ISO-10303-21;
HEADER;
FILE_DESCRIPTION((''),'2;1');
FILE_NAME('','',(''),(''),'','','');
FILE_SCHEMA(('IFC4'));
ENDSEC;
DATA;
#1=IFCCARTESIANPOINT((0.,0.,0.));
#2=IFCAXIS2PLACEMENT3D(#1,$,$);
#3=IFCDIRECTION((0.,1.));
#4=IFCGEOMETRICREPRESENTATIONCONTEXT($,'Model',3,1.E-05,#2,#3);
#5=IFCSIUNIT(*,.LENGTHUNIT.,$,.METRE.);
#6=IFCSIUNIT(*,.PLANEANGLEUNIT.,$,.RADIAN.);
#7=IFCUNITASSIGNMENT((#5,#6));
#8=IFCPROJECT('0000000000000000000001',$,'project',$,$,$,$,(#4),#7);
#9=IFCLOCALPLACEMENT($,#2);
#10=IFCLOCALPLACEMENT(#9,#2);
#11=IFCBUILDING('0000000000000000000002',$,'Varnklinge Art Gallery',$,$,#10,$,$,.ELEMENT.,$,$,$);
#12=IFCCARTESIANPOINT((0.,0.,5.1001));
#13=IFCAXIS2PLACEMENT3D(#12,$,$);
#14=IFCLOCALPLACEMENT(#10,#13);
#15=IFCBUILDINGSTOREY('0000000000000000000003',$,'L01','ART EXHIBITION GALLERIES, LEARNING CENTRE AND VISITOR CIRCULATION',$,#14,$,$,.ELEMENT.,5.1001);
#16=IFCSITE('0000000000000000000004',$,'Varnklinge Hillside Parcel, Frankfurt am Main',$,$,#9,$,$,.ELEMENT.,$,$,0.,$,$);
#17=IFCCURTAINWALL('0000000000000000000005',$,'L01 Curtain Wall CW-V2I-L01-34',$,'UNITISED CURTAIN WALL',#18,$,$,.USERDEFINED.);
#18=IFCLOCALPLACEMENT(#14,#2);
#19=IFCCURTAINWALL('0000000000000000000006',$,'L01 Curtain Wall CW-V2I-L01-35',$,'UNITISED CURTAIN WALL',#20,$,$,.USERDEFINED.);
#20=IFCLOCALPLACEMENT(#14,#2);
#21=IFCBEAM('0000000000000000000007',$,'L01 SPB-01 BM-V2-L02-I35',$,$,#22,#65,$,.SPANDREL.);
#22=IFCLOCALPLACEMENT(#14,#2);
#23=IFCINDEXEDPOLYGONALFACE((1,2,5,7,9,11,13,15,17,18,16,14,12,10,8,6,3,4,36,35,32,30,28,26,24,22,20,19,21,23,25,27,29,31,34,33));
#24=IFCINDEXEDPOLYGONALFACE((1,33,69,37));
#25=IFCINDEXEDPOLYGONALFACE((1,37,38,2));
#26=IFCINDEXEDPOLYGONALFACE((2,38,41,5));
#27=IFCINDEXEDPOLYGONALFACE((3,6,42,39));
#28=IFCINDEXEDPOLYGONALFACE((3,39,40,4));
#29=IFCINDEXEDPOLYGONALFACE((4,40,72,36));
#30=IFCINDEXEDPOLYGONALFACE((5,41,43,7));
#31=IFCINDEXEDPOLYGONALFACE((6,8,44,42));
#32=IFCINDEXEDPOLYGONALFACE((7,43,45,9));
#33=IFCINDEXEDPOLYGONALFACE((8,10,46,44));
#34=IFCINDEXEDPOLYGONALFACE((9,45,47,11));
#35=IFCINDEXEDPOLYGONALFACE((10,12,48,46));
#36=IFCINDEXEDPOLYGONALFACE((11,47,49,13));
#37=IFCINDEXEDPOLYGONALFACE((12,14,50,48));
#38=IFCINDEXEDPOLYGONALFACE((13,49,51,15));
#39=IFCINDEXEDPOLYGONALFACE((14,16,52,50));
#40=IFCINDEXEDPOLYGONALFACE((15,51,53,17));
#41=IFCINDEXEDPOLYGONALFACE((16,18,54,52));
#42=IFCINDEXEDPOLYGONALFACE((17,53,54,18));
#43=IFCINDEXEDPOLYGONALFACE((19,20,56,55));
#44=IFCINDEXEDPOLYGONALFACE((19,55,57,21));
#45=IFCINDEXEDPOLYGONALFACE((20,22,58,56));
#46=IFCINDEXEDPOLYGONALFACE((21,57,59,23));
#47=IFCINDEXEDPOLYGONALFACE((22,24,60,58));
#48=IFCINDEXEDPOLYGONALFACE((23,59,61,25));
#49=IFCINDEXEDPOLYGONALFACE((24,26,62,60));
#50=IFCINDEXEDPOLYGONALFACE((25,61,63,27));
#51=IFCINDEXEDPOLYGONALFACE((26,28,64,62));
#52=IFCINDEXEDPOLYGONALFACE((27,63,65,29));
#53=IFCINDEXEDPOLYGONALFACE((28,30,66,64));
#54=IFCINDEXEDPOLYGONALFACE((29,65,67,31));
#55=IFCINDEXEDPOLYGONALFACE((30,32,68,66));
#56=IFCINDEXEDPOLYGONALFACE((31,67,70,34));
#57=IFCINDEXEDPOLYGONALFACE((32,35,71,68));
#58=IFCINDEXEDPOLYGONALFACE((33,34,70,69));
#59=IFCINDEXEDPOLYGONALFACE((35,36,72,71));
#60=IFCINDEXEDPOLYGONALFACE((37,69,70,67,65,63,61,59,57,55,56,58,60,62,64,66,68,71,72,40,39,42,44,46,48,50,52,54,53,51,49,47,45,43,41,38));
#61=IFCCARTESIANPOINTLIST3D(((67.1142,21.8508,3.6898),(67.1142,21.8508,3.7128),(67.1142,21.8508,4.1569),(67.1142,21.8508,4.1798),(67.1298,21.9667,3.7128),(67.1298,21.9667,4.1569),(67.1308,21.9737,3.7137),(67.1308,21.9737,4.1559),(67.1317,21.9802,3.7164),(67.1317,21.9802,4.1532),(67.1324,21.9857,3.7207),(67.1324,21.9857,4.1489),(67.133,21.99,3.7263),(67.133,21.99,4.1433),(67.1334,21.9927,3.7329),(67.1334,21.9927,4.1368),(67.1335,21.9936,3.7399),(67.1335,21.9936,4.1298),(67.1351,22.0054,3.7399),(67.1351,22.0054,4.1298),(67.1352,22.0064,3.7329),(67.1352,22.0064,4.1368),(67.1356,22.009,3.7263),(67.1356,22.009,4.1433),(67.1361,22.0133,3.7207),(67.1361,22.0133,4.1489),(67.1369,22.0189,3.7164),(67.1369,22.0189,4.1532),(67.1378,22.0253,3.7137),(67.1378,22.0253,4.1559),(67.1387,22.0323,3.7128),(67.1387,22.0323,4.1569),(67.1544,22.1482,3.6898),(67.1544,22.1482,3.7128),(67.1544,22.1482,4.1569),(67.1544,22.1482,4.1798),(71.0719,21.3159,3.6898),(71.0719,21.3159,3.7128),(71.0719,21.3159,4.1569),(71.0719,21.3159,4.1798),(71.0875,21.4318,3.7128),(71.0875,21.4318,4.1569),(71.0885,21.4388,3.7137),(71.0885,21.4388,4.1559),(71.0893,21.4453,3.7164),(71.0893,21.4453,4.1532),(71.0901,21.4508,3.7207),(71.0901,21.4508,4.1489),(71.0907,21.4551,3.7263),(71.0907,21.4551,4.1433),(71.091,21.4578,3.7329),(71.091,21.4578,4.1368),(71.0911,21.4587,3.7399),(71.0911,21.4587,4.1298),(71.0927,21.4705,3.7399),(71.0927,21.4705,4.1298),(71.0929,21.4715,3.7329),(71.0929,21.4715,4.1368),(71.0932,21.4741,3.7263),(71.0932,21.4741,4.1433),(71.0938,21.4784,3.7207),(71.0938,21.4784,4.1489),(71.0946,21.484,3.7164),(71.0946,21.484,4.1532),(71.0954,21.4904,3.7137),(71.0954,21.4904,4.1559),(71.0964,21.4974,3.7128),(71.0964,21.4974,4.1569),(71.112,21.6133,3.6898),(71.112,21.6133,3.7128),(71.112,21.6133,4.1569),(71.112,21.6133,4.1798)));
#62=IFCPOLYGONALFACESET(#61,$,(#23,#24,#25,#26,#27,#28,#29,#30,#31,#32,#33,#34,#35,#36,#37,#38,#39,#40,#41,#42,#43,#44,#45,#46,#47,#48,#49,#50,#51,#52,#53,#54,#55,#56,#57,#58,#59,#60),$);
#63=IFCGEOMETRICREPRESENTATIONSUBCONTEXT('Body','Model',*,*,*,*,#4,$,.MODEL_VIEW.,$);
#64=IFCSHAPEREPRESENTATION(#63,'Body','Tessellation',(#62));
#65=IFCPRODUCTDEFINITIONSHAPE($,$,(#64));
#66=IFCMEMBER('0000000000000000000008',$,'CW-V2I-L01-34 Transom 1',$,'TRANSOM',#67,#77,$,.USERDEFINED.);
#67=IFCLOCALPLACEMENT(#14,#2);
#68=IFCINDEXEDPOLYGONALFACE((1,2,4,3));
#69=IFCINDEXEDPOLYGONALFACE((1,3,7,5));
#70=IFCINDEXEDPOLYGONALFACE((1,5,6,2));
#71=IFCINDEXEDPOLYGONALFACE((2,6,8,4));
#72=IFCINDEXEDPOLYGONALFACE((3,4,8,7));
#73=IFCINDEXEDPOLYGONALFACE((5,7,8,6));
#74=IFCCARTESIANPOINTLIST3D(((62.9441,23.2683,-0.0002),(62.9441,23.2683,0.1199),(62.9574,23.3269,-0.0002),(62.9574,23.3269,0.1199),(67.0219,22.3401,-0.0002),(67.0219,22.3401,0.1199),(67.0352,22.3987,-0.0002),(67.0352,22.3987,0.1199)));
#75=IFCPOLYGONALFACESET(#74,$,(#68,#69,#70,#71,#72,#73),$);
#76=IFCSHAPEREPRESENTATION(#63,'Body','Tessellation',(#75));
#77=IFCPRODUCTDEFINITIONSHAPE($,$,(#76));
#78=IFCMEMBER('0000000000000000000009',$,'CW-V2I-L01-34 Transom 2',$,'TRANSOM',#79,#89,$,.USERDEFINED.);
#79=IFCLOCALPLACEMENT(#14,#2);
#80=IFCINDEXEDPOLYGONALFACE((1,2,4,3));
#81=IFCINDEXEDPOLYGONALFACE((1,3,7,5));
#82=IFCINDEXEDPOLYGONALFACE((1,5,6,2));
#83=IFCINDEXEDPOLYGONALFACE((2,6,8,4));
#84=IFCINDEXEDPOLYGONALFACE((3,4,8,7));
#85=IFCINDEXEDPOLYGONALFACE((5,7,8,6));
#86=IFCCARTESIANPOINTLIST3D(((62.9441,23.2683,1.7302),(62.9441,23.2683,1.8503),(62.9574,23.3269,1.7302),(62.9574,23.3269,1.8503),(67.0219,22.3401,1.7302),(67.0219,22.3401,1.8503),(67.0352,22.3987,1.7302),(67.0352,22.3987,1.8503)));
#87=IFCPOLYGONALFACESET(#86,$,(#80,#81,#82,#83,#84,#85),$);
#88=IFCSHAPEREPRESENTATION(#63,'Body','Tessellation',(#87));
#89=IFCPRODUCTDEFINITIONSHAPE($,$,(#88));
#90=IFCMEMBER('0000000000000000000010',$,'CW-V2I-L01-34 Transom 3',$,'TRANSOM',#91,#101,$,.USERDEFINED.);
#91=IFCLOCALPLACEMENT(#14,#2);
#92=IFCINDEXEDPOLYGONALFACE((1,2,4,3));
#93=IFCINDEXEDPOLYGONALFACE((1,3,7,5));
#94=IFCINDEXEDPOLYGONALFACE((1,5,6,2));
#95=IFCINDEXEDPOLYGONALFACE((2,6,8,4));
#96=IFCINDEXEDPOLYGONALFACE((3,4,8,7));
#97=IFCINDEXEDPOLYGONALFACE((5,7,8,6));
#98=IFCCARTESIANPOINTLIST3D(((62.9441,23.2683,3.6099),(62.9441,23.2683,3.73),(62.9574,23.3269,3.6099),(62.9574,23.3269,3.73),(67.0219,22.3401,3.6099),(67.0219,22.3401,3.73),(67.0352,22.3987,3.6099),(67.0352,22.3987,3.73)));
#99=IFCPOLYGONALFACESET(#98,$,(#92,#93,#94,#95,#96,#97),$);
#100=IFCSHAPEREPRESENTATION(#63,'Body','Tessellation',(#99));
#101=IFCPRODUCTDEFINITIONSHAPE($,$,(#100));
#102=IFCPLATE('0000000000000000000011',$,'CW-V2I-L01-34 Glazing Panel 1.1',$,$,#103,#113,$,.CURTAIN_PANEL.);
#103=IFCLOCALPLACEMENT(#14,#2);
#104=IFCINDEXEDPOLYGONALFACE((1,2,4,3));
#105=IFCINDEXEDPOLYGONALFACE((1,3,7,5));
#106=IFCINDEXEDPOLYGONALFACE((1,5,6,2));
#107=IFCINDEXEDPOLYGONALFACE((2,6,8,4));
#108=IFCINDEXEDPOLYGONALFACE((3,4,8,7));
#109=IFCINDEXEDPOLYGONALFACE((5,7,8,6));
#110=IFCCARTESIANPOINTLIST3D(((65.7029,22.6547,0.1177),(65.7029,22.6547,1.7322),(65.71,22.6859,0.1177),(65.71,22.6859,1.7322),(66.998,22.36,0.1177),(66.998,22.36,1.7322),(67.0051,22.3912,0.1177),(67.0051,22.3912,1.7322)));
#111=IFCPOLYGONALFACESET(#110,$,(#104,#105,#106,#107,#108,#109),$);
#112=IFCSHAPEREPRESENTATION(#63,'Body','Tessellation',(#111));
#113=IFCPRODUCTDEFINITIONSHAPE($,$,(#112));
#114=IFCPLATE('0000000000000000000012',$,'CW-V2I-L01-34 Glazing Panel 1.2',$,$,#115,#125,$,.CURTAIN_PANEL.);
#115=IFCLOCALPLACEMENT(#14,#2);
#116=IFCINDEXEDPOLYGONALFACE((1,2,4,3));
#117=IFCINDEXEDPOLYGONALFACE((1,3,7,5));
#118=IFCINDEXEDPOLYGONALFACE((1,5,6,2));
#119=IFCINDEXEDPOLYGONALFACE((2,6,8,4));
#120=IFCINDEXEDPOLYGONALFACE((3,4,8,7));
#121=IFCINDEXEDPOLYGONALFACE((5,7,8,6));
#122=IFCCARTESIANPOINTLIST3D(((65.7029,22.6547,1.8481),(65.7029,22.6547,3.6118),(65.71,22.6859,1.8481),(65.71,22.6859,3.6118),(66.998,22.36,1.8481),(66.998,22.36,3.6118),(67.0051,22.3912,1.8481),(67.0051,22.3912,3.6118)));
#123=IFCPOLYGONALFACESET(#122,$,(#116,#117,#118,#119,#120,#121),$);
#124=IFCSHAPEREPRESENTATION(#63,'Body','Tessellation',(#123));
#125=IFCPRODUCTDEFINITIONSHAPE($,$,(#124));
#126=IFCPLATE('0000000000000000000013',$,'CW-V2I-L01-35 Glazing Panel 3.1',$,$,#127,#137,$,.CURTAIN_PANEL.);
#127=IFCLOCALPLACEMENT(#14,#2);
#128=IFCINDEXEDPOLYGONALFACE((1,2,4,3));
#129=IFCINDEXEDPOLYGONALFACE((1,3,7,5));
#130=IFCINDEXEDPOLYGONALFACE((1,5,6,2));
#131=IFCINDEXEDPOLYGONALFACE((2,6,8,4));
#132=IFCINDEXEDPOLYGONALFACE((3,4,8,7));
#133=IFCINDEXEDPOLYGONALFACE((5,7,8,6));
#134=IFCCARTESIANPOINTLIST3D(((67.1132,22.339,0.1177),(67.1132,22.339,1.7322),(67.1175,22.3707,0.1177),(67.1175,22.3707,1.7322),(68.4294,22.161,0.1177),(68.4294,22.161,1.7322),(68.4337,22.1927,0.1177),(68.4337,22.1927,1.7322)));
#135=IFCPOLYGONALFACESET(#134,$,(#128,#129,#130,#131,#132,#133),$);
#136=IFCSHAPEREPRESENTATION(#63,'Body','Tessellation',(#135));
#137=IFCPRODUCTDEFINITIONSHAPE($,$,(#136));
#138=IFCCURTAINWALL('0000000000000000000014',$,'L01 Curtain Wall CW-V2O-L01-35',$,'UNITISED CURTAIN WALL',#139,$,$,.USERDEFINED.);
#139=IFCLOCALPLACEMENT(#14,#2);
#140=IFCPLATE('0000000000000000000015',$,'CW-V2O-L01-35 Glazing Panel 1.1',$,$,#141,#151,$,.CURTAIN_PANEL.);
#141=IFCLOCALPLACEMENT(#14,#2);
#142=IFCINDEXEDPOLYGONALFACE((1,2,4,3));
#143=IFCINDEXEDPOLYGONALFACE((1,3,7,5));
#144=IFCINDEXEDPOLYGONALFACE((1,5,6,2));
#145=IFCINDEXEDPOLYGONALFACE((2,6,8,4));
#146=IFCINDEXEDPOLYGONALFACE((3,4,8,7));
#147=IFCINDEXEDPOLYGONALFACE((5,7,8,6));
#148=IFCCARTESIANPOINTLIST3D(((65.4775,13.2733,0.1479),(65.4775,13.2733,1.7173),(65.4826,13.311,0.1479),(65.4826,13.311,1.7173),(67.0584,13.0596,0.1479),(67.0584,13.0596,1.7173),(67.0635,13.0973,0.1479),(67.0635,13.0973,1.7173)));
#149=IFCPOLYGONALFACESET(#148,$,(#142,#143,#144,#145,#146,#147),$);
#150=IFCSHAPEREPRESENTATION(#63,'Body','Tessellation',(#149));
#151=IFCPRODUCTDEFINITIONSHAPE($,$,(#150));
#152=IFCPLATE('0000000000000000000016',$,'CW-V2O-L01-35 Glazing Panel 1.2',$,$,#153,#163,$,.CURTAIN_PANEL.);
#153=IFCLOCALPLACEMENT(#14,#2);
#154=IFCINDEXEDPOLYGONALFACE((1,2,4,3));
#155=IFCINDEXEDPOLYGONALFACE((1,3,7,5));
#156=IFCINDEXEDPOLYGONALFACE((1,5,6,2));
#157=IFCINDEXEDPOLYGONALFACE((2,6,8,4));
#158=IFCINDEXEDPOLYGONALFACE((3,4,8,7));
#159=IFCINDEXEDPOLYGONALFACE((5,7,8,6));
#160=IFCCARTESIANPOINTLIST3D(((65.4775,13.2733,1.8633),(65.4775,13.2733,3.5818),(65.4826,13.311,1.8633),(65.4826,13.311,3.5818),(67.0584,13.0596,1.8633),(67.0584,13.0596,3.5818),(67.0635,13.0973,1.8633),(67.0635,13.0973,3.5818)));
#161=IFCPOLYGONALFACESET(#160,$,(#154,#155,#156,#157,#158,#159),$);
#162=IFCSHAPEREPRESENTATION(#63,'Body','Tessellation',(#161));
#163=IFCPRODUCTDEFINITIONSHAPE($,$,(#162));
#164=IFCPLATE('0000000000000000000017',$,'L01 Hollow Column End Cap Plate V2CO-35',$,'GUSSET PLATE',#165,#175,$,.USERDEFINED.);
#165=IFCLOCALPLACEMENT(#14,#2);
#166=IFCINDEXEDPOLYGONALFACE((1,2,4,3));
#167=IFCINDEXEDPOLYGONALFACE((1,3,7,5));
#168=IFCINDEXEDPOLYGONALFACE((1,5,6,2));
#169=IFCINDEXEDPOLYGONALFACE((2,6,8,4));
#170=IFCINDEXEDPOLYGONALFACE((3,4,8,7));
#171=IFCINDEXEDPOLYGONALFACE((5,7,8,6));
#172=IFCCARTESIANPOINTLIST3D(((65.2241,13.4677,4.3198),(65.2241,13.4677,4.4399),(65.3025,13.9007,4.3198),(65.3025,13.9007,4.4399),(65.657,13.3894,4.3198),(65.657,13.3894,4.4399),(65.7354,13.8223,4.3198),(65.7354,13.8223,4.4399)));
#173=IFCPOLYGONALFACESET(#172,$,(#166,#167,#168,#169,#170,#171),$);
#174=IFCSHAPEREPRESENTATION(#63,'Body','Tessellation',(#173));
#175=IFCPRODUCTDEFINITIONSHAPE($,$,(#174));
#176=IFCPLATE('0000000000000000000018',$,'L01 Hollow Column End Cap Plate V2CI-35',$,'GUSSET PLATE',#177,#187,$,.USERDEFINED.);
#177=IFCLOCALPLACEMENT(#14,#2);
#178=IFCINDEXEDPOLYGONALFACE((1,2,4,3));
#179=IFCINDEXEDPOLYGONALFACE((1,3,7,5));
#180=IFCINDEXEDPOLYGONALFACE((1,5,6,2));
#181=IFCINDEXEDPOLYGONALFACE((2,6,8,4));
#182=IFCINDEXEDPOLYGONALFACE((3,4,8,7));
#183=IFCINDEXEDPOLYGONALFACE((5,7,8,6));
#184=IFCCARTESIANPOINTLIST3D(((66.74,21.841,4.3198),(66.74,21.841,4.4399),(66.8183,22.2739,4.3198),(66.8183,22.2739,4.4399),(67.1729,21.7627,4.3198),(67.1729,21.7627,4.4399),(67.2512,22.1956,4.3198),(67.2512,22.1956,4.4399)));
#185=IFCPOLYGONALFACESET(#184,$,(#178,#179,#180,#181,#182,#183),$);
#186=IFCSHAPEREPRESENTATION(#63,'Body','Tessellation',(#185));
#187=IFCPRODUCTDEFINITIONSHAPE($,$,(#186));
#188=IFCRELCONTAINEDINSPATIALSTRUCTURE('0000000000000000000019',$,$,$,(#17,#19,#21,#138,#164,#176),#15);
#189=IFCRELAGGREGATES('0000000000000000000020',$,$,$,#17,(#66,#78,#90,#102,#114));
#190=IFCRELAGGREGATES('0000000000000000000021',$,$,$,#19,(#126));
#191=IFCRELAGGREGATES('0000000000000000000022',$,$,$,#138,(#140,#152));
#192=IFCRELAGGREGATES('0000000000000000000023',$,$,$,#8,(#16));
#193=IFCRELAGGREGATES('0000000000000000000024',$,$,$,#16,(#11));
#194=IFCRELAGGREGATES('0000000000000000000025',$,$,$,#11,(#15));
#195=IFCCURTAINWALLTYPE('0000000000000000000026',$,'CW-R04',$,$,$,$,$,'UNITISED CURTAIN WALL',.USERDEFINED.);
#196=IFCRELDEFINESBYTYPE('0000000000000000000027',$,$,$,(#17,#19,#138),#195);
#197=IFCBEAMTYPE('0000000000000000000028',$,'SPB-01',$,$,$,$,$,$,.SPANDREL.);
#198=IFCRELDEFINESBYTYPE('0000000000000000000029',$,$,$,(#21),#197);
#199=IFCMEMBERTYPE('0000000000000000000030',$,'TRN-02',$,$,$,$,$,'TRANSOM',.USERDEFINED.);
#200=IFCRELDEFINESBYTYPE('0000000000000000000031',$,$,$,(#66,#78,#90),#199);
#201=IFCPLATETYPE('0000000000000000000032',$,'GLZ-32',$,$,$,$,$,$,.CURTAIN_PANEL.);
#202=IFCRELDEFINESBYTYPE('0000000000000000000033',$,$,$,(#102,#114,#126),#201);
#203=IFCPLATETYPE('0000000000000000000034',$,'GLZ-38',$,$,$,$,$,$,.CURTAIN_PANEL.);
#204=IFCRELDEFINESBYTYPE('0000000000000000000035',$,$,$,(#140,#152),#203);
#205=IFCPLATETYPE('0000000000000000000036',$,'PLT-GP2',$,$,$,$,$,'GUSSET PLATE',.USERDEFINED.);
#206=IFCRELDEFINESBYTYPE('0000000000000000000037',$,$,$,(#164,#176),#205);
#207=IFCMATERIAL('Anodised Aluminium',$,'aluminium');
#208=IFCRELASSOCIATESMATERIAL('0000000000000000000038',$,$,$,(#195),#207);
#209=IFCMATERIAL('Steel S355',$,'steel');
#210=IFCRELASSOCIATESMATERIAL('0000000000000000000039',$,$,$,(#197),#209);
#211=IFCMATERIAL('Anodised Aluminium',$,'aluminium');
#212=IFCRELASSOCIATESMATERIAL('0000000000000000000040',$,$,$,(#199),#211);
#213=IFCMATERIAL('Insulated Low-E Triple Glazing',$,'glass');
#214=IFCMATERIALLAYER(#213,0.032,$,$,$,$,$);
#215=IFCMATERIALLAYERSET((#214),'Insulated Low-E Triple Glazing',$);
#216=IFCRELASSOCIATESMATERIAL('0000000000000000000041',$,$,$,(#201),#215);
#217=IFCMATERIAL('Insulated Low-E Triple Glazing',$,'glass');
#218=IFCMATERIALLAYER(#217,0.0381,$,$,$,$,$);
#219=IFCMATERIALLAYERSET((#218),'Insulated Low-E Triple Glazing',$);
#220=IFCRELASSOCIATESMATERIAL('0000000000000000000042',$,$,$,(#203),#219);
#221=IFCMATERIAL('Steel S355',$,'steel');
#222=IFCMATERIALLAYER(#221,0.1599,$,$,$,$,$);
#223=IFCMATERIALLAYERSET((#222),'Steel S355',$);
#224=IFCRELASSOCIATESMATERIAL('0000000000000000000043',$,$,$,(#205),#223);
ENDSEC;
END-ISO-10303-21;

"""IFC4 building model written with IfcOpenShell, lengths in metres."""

from ifc_helpers import new_model, si_unit, direction, frame, origin, origin_2d, place, context, subcontext, project, spatial, rectangle, i_section, extrude, material, layer, layer_set, material_profile, profile_set, type_object, element, aggregate, save


model = new_model("IFC4")

# Units and contexts
model_context = context("Model", 3, precision=1e-05, world=origin(), true_north=direction((0.0, 1.0)))
body_context = subcontext(model_context, "Body", "Model", "MODEL_VIEW")
ifc_project = project(units=[si_unit("LENGTHUNIT", "METRE"), si_unit("PLANEANGLEUNIT", "RADIAN")], contexts=[model_context])

# Site, building, storey
site_placement = place(None, origin())
site = spatial("IfcSite", under=ifc_project, at=site_placement, Name="Varnklinge Hillside Parcel, Frankfurt am Main", CompositionType="ELEMENT", RefElevation=0.0)
building_placement = place(site_placement, origin())
building = spatial("IfcBuilding", under=site, at=building_placement, Name="Varnklinge Art Gallery", CompositionType="ELEMENT")
storey_placement = place(building_placement, frame((0.0, 0.0, 5.1001)))
storey = spatial("IfcBuildingStorey", under=building, at=storey_placement, Name="L01", Description="ART EXHIBITION GALLERIES, LEARNING CENTRE AND VISITOR CIRCULATION", CompositionType="ELEMENT", Elevation=5.1001)

# Curtain wall
ifc_material_1 = material(Name="Anodised Aluminium", Category="aluminium")
curtain_wall_type = type_object("IfcCurtainWallType", Name="CW-R04", ElementType="UNITISED CURTAIN WALL", PredefinedType="USERDEFINED", material=ifc_material_1)
curtain_wall_1_placement = place(storey_placement, origin())
curtain_wall_1 = element("IfcCurtainWall", 1, at=curtain_wall_1_placement, inside=storey, type_object=curtain_wall_type, Name="L01 Curtain Wall CW-V2I-L01-34", ObjectType="UNITISED CURTAIN WALL", PredefinedType="USERDEFINED")

# Curtain wall
curtain_wall_2_placement = place(storey_placement, origin())
curtain_wall_2 = element("IfcCurtainWall", 2, at=curtain_wall_2_placement, inside=storey, type_object=curtain_wall_type, Name="L01 Curtain Wall CW-V2I-L01-35", ObjectType="UNITISED CURTAIN WALL", PredefinedType="USERDEFINED")

# Beam
ifc_material_2 = material(Name="Steel S355", Category="steel")
ifc_material_profile_1 = material_profile(ifc_material_2, i_section(OverallWidth=0.3, OverallDepth=0.49, WebThickness=0.012, FlangeThickness=0.0229, FilletRadius=0.0271, at=origin_2d()), Name="HEA 500")
ifc_profile_set_1 = profile_set([ifc_material_profile_1], Name="Steel S355")
beam_type_1 = type_object("IfcBeamType", Name="SPB-01", PredefinedType="SPANDREL", material=ifc_profile_set_1)
beam_1_placement = place(storey_placement, frame((67.1343, 21.9995, 3.9348), z_axis=(0.99099, -0.133937, 0.0), x_axis=(0.133937, 0.99099, 0.0)))
element("IfcBeam", 3, at=beam_1_placement, inside=storey, type_object=beam_type_1, Name="L01 SPB-01 BM-V2-L02-I35", PredefinedType="SPANDREL", context=body_context, shape_type="SweptSolid", body=[
    extrude(i_section(OverallWidth=0.3, OverallDepth=0.49, WebThickness=0.012, FlangeThickness=0.0229, FilletRadius=0.0271, at=origin_2d()), origin(), (0.0, 0.0, 1.0), 3.9937),
])

# Members
ifc_material_3 = material(Name="Anodised Aluminium", Category="aluminium")
ifc_material_profile_2 = material_profile(ifc_material_3, rectangle(XDim=0.0601, YDim=0.1201, at=origin_2d()), Name="ALU 60x120")
ifc_profile_set_2 = profile_set([ifc_material_profile_2], Name="Anodised Aluminium")
member_type_1 = type_object("IfcMemberType", Name="TRN-02", ElementType="TRANSOM", PredefinedType="USERDEFINED", material=ifc_profile_set_2)
member_1_placement = place(storey_placement, frame((67.0286, 22.3694, 0.0598), z_axis=(-0.975059, 0.221947, 0.0), x_axis=(-0.221947, -0.975059, 0.0)))
member_1 = element("IfcMember", 4, at=member_1_placement, type_object=member_type_1, Name="CW-V2I-L01-34 Transom 1", ObjectType="TRANSOM", PredefinedType="USERDEFINED", context=body_context, shape_type="SweptSolid", body=[
    extrude(rectangle(XDim=0.0601, YDim=0.1201, at=origin_2d()), origin(), (0.0, 0.0, 1.0), 4.1821),
])
member_2_placement = place(storey_placement, frame((67.0286, 22.3694, 1.7903), z_axis=(-0.975059, 0.221947, 0.0), x_axis=(-0.221947, -0.975059, 0.0)))
member_2 = element("IfcMember", 5, at=member_2_placement, type_object=member_type_1, Name="CW-V2I-L01-34 Transom 2", ObjectType="TRANSOM", PredefinedType="USERDEFINED", context=body_context, shape_type="SweptSolid", body=[
    extrude(rectangle(XDim=0.0601, YDim=0.1201, at=origin_2d()), origin(), (0.0, 0.0, 1.0), 4.1821),
])
member_3_placement = place(storey_placement, frame((67.0286, 22.3694, 3.6699), z_axis=(-0.975059, 0.221947, 0.0), x_axis=(-0.221947, -0.975059, 0.0)))
member_3 = element("IfcMember", 6, at=member_3_placement, type_object=member_type_1, Name="CW-V2I-L01-34 Transom 3", ObjectType="TRANSOM", PredefinedType="USERDEFINED", context=body_context, shape_type="SweptSolid", body=[
    extrude(rectangle(XDim=0.0601, YDim=0.1201, at=origin_2d()), origin(), (0.0, 0.0, 1.0), 4.1821),
])

# Plates
ifc_material_4 = material(Name="Insulated Low-E Triple Glazing", Category="glass")
ifc_layer_1 = layer(ifc_material_4, 0.032)
ifc_layer_set_1 = layer_set([ifc_layer_1], Name="Insulated Low-E Triple Glazing")
plate_type_1 = type_object("IfcPlateType", Name="GLZ-32", PredefinedType="CURTAIN_PANEL", material=ifc_layer_set_1)
plate_1_placement = place(storey_placement, frame((66.354, 22.5229, 0.1177), z_axis=(0.0, 0.0, 1.0), x_axis=(-0.975072, 0.221889, 0.0)))
plate_1 = element("IfcPlate", 7, at=plate_1_placement, type_object=plate_type_1, Name="CW-V2I-L01-34 Glazing Panel 1.1", PredefinedType="CURTAIN_PANEL", context=body_context, shape_type="SweptSolid", body=[
    extrude(rectangle(XDim=1.3281, YDim=0.032, at=origin_2d()), origin(), (0.0, 0.0, 1.0), 1.6145),
])
plate_2_placement = place(storey_placement, frame((66.354, 22.5229, 1.8481), z_axis=(0.0, 0.0, 1.0), x_axis=(-0.975072, 0.221889, 0.0)))
plate_2 = element("IfcPlate", 8, at=plate_2_placement, type_object=plate_type_1, Name="CW-V2I-L01-34 Glazing Panel 1.2", PredefinedType="CURTAIN_PANEL", context=body_context, shape_type="SweptSolid", body=[
    extrude(rectangle(XDim=1.3281, YDim=0.032, at=origin_2d()), origin(), (0.0, 0.0, 1.0), 1.7637),
])
aggregate(curtain_wall_1, [member_1, member_2, member_3, plate_1, plate_2])
plate_3_placement = place(storey_placement, frame((67.7734, 22.2659, 0.1177), z_axis=(0.0, 0.0, 1.0), x_axis=(-0.990983, 0.133986, 0.0)))
plate_3 = element("IfcPlate", 9, at=plate_3_placement, type_object=plate_type_1, Name="CW-V2I-L01-35 Glazing Panel 3.1", PredefinedType="CURTAIN_PANEL", context=body_context, shape_type="SweptSolid", body=[
    extrude(rectangle(XDim=1.3281, YDim=0.032, at=origin_2d()), origin(), (0.0, 0.0, 1.0), 1.6145),
])
aggregate(curtain_wall_2, [plate_3])

# Curtain wall, plates
curtain_wall_3_placement = place(storey_placement, origin())
curtain_wall_3 = element("IfcCurtainWall", 10, at=curtain_wall_3_placement, inside=storey, type_object=curtain_wall_type, Name="L01 Curtain Wall CW-V2O-L01-35", ObjectType="UNITISED CURTAIN WALL", PredefinedType="USERDEFINED")
ifc_material_5 = material(Name="Insulated Low-E Triple Glazing", Category="glass")
ifc_layer_2 = layer(ifc_material_5, 0.0381)
ifc_layer_set_2 = layer_set([ifc_layer_2], Name="Insulated Low-E Triple Glazing")
plate_type_2 = type_object("IfcPlateType", Name="GLZ-38", PredefinedType="CURTAIN_PANEL", material=ifc_layer_set_2)
plate_4_placement = place(storey_placement, frame((66.2705, 13.1853, 0.1479), z_axis=(0.0, 0.0, 1.0), x_axis=(0.990983, -0.133986, 0.0)))
plate_4 = element("IfcPlate", 11, at=plate_4_placement, type_object=plate_type_2, Name="CW-V2O-L01-35 Glazing Panel 1.1", PredefinedType="CURTAIN_PANEL", context=body_context, shape_type="SweptSolid", body=[
    extrude(rectangle(XDim=1.5952, YDim=0.0381, at=origin_2d()), origin(), (0.0, 0.0, 1.0), 1.5693),
])
plate_5_placement = place(storey_placement, frame((66.2705, 13.1853, 1.8633), z_axis=(0.0, 0.0, 1.0), x_axis=(0.990983, -0.133986, 0.0)))
plate_5 = element("IfcPlate", 12, at=plate_5_placement, type_object=plate_type_2, Name="CW-V2O-L01-35 Glazing Panel 1.2", PredefinedType="CURTAIN_PANEL", context=body_context, shape_type="SweptSolid", body=[
    extrude(rectangle(XDim=1.5952, YDim=0.0381, at=origin_2d()), origin(), (0.0, 0.0, 1.0), 1.7185),
])
aggregate(curtain_wall_3, [plate_4, plate_5])

# Plates
ifc_material_6 = material(Name="Steel S355", Category="steel")
ifc_layer_3 = layer(ifc_material_6, 0.1599)
ifc_layer_set_3 = layer_set([ifc_layer_3], Name="Steel S355")
plate_type_3 = type_object("IfcPlateType", Name="PLT-GP2", ElementType="GUSSET PLATE", PredefinedType="USERDEFINED", material=ifc_layer_set_3)
for number, where, z_axis, x_axis, name in (
    (13, (65.4797, 13.645, 4.3198), (0.0, 0.0, 1.0), (0.178115, 0.98401, 0.0), "L01 Hollow Column End Cap Plate V2CO-35"),
    (14, (66.9956, 22.0183, 4.3198), (0.0, 0.0, 1.0), (0.178115, 0.98401, 0.0), "L01 Hollow Column End Cap Plate V2CI-35"),
):
    element("IfcPlate", number, at=place(storey_placement, frame(where, z_axis=z_axis, x_axis=x_axis)), inside=storey, type_object=plate_type_3, Name=name, ObjectType="GUSSET PLATE", PredefinedType="USERDEFINED", context=body_context, shape_type="SweptSolid", body=[
        extrude(rectangle(XDim=0.4399, YDim=0.4399, at=origin_2d()), origin(), (0.0, 0.0, 1.0), 0.1201),
    ])

save(model, "model.ifc")
